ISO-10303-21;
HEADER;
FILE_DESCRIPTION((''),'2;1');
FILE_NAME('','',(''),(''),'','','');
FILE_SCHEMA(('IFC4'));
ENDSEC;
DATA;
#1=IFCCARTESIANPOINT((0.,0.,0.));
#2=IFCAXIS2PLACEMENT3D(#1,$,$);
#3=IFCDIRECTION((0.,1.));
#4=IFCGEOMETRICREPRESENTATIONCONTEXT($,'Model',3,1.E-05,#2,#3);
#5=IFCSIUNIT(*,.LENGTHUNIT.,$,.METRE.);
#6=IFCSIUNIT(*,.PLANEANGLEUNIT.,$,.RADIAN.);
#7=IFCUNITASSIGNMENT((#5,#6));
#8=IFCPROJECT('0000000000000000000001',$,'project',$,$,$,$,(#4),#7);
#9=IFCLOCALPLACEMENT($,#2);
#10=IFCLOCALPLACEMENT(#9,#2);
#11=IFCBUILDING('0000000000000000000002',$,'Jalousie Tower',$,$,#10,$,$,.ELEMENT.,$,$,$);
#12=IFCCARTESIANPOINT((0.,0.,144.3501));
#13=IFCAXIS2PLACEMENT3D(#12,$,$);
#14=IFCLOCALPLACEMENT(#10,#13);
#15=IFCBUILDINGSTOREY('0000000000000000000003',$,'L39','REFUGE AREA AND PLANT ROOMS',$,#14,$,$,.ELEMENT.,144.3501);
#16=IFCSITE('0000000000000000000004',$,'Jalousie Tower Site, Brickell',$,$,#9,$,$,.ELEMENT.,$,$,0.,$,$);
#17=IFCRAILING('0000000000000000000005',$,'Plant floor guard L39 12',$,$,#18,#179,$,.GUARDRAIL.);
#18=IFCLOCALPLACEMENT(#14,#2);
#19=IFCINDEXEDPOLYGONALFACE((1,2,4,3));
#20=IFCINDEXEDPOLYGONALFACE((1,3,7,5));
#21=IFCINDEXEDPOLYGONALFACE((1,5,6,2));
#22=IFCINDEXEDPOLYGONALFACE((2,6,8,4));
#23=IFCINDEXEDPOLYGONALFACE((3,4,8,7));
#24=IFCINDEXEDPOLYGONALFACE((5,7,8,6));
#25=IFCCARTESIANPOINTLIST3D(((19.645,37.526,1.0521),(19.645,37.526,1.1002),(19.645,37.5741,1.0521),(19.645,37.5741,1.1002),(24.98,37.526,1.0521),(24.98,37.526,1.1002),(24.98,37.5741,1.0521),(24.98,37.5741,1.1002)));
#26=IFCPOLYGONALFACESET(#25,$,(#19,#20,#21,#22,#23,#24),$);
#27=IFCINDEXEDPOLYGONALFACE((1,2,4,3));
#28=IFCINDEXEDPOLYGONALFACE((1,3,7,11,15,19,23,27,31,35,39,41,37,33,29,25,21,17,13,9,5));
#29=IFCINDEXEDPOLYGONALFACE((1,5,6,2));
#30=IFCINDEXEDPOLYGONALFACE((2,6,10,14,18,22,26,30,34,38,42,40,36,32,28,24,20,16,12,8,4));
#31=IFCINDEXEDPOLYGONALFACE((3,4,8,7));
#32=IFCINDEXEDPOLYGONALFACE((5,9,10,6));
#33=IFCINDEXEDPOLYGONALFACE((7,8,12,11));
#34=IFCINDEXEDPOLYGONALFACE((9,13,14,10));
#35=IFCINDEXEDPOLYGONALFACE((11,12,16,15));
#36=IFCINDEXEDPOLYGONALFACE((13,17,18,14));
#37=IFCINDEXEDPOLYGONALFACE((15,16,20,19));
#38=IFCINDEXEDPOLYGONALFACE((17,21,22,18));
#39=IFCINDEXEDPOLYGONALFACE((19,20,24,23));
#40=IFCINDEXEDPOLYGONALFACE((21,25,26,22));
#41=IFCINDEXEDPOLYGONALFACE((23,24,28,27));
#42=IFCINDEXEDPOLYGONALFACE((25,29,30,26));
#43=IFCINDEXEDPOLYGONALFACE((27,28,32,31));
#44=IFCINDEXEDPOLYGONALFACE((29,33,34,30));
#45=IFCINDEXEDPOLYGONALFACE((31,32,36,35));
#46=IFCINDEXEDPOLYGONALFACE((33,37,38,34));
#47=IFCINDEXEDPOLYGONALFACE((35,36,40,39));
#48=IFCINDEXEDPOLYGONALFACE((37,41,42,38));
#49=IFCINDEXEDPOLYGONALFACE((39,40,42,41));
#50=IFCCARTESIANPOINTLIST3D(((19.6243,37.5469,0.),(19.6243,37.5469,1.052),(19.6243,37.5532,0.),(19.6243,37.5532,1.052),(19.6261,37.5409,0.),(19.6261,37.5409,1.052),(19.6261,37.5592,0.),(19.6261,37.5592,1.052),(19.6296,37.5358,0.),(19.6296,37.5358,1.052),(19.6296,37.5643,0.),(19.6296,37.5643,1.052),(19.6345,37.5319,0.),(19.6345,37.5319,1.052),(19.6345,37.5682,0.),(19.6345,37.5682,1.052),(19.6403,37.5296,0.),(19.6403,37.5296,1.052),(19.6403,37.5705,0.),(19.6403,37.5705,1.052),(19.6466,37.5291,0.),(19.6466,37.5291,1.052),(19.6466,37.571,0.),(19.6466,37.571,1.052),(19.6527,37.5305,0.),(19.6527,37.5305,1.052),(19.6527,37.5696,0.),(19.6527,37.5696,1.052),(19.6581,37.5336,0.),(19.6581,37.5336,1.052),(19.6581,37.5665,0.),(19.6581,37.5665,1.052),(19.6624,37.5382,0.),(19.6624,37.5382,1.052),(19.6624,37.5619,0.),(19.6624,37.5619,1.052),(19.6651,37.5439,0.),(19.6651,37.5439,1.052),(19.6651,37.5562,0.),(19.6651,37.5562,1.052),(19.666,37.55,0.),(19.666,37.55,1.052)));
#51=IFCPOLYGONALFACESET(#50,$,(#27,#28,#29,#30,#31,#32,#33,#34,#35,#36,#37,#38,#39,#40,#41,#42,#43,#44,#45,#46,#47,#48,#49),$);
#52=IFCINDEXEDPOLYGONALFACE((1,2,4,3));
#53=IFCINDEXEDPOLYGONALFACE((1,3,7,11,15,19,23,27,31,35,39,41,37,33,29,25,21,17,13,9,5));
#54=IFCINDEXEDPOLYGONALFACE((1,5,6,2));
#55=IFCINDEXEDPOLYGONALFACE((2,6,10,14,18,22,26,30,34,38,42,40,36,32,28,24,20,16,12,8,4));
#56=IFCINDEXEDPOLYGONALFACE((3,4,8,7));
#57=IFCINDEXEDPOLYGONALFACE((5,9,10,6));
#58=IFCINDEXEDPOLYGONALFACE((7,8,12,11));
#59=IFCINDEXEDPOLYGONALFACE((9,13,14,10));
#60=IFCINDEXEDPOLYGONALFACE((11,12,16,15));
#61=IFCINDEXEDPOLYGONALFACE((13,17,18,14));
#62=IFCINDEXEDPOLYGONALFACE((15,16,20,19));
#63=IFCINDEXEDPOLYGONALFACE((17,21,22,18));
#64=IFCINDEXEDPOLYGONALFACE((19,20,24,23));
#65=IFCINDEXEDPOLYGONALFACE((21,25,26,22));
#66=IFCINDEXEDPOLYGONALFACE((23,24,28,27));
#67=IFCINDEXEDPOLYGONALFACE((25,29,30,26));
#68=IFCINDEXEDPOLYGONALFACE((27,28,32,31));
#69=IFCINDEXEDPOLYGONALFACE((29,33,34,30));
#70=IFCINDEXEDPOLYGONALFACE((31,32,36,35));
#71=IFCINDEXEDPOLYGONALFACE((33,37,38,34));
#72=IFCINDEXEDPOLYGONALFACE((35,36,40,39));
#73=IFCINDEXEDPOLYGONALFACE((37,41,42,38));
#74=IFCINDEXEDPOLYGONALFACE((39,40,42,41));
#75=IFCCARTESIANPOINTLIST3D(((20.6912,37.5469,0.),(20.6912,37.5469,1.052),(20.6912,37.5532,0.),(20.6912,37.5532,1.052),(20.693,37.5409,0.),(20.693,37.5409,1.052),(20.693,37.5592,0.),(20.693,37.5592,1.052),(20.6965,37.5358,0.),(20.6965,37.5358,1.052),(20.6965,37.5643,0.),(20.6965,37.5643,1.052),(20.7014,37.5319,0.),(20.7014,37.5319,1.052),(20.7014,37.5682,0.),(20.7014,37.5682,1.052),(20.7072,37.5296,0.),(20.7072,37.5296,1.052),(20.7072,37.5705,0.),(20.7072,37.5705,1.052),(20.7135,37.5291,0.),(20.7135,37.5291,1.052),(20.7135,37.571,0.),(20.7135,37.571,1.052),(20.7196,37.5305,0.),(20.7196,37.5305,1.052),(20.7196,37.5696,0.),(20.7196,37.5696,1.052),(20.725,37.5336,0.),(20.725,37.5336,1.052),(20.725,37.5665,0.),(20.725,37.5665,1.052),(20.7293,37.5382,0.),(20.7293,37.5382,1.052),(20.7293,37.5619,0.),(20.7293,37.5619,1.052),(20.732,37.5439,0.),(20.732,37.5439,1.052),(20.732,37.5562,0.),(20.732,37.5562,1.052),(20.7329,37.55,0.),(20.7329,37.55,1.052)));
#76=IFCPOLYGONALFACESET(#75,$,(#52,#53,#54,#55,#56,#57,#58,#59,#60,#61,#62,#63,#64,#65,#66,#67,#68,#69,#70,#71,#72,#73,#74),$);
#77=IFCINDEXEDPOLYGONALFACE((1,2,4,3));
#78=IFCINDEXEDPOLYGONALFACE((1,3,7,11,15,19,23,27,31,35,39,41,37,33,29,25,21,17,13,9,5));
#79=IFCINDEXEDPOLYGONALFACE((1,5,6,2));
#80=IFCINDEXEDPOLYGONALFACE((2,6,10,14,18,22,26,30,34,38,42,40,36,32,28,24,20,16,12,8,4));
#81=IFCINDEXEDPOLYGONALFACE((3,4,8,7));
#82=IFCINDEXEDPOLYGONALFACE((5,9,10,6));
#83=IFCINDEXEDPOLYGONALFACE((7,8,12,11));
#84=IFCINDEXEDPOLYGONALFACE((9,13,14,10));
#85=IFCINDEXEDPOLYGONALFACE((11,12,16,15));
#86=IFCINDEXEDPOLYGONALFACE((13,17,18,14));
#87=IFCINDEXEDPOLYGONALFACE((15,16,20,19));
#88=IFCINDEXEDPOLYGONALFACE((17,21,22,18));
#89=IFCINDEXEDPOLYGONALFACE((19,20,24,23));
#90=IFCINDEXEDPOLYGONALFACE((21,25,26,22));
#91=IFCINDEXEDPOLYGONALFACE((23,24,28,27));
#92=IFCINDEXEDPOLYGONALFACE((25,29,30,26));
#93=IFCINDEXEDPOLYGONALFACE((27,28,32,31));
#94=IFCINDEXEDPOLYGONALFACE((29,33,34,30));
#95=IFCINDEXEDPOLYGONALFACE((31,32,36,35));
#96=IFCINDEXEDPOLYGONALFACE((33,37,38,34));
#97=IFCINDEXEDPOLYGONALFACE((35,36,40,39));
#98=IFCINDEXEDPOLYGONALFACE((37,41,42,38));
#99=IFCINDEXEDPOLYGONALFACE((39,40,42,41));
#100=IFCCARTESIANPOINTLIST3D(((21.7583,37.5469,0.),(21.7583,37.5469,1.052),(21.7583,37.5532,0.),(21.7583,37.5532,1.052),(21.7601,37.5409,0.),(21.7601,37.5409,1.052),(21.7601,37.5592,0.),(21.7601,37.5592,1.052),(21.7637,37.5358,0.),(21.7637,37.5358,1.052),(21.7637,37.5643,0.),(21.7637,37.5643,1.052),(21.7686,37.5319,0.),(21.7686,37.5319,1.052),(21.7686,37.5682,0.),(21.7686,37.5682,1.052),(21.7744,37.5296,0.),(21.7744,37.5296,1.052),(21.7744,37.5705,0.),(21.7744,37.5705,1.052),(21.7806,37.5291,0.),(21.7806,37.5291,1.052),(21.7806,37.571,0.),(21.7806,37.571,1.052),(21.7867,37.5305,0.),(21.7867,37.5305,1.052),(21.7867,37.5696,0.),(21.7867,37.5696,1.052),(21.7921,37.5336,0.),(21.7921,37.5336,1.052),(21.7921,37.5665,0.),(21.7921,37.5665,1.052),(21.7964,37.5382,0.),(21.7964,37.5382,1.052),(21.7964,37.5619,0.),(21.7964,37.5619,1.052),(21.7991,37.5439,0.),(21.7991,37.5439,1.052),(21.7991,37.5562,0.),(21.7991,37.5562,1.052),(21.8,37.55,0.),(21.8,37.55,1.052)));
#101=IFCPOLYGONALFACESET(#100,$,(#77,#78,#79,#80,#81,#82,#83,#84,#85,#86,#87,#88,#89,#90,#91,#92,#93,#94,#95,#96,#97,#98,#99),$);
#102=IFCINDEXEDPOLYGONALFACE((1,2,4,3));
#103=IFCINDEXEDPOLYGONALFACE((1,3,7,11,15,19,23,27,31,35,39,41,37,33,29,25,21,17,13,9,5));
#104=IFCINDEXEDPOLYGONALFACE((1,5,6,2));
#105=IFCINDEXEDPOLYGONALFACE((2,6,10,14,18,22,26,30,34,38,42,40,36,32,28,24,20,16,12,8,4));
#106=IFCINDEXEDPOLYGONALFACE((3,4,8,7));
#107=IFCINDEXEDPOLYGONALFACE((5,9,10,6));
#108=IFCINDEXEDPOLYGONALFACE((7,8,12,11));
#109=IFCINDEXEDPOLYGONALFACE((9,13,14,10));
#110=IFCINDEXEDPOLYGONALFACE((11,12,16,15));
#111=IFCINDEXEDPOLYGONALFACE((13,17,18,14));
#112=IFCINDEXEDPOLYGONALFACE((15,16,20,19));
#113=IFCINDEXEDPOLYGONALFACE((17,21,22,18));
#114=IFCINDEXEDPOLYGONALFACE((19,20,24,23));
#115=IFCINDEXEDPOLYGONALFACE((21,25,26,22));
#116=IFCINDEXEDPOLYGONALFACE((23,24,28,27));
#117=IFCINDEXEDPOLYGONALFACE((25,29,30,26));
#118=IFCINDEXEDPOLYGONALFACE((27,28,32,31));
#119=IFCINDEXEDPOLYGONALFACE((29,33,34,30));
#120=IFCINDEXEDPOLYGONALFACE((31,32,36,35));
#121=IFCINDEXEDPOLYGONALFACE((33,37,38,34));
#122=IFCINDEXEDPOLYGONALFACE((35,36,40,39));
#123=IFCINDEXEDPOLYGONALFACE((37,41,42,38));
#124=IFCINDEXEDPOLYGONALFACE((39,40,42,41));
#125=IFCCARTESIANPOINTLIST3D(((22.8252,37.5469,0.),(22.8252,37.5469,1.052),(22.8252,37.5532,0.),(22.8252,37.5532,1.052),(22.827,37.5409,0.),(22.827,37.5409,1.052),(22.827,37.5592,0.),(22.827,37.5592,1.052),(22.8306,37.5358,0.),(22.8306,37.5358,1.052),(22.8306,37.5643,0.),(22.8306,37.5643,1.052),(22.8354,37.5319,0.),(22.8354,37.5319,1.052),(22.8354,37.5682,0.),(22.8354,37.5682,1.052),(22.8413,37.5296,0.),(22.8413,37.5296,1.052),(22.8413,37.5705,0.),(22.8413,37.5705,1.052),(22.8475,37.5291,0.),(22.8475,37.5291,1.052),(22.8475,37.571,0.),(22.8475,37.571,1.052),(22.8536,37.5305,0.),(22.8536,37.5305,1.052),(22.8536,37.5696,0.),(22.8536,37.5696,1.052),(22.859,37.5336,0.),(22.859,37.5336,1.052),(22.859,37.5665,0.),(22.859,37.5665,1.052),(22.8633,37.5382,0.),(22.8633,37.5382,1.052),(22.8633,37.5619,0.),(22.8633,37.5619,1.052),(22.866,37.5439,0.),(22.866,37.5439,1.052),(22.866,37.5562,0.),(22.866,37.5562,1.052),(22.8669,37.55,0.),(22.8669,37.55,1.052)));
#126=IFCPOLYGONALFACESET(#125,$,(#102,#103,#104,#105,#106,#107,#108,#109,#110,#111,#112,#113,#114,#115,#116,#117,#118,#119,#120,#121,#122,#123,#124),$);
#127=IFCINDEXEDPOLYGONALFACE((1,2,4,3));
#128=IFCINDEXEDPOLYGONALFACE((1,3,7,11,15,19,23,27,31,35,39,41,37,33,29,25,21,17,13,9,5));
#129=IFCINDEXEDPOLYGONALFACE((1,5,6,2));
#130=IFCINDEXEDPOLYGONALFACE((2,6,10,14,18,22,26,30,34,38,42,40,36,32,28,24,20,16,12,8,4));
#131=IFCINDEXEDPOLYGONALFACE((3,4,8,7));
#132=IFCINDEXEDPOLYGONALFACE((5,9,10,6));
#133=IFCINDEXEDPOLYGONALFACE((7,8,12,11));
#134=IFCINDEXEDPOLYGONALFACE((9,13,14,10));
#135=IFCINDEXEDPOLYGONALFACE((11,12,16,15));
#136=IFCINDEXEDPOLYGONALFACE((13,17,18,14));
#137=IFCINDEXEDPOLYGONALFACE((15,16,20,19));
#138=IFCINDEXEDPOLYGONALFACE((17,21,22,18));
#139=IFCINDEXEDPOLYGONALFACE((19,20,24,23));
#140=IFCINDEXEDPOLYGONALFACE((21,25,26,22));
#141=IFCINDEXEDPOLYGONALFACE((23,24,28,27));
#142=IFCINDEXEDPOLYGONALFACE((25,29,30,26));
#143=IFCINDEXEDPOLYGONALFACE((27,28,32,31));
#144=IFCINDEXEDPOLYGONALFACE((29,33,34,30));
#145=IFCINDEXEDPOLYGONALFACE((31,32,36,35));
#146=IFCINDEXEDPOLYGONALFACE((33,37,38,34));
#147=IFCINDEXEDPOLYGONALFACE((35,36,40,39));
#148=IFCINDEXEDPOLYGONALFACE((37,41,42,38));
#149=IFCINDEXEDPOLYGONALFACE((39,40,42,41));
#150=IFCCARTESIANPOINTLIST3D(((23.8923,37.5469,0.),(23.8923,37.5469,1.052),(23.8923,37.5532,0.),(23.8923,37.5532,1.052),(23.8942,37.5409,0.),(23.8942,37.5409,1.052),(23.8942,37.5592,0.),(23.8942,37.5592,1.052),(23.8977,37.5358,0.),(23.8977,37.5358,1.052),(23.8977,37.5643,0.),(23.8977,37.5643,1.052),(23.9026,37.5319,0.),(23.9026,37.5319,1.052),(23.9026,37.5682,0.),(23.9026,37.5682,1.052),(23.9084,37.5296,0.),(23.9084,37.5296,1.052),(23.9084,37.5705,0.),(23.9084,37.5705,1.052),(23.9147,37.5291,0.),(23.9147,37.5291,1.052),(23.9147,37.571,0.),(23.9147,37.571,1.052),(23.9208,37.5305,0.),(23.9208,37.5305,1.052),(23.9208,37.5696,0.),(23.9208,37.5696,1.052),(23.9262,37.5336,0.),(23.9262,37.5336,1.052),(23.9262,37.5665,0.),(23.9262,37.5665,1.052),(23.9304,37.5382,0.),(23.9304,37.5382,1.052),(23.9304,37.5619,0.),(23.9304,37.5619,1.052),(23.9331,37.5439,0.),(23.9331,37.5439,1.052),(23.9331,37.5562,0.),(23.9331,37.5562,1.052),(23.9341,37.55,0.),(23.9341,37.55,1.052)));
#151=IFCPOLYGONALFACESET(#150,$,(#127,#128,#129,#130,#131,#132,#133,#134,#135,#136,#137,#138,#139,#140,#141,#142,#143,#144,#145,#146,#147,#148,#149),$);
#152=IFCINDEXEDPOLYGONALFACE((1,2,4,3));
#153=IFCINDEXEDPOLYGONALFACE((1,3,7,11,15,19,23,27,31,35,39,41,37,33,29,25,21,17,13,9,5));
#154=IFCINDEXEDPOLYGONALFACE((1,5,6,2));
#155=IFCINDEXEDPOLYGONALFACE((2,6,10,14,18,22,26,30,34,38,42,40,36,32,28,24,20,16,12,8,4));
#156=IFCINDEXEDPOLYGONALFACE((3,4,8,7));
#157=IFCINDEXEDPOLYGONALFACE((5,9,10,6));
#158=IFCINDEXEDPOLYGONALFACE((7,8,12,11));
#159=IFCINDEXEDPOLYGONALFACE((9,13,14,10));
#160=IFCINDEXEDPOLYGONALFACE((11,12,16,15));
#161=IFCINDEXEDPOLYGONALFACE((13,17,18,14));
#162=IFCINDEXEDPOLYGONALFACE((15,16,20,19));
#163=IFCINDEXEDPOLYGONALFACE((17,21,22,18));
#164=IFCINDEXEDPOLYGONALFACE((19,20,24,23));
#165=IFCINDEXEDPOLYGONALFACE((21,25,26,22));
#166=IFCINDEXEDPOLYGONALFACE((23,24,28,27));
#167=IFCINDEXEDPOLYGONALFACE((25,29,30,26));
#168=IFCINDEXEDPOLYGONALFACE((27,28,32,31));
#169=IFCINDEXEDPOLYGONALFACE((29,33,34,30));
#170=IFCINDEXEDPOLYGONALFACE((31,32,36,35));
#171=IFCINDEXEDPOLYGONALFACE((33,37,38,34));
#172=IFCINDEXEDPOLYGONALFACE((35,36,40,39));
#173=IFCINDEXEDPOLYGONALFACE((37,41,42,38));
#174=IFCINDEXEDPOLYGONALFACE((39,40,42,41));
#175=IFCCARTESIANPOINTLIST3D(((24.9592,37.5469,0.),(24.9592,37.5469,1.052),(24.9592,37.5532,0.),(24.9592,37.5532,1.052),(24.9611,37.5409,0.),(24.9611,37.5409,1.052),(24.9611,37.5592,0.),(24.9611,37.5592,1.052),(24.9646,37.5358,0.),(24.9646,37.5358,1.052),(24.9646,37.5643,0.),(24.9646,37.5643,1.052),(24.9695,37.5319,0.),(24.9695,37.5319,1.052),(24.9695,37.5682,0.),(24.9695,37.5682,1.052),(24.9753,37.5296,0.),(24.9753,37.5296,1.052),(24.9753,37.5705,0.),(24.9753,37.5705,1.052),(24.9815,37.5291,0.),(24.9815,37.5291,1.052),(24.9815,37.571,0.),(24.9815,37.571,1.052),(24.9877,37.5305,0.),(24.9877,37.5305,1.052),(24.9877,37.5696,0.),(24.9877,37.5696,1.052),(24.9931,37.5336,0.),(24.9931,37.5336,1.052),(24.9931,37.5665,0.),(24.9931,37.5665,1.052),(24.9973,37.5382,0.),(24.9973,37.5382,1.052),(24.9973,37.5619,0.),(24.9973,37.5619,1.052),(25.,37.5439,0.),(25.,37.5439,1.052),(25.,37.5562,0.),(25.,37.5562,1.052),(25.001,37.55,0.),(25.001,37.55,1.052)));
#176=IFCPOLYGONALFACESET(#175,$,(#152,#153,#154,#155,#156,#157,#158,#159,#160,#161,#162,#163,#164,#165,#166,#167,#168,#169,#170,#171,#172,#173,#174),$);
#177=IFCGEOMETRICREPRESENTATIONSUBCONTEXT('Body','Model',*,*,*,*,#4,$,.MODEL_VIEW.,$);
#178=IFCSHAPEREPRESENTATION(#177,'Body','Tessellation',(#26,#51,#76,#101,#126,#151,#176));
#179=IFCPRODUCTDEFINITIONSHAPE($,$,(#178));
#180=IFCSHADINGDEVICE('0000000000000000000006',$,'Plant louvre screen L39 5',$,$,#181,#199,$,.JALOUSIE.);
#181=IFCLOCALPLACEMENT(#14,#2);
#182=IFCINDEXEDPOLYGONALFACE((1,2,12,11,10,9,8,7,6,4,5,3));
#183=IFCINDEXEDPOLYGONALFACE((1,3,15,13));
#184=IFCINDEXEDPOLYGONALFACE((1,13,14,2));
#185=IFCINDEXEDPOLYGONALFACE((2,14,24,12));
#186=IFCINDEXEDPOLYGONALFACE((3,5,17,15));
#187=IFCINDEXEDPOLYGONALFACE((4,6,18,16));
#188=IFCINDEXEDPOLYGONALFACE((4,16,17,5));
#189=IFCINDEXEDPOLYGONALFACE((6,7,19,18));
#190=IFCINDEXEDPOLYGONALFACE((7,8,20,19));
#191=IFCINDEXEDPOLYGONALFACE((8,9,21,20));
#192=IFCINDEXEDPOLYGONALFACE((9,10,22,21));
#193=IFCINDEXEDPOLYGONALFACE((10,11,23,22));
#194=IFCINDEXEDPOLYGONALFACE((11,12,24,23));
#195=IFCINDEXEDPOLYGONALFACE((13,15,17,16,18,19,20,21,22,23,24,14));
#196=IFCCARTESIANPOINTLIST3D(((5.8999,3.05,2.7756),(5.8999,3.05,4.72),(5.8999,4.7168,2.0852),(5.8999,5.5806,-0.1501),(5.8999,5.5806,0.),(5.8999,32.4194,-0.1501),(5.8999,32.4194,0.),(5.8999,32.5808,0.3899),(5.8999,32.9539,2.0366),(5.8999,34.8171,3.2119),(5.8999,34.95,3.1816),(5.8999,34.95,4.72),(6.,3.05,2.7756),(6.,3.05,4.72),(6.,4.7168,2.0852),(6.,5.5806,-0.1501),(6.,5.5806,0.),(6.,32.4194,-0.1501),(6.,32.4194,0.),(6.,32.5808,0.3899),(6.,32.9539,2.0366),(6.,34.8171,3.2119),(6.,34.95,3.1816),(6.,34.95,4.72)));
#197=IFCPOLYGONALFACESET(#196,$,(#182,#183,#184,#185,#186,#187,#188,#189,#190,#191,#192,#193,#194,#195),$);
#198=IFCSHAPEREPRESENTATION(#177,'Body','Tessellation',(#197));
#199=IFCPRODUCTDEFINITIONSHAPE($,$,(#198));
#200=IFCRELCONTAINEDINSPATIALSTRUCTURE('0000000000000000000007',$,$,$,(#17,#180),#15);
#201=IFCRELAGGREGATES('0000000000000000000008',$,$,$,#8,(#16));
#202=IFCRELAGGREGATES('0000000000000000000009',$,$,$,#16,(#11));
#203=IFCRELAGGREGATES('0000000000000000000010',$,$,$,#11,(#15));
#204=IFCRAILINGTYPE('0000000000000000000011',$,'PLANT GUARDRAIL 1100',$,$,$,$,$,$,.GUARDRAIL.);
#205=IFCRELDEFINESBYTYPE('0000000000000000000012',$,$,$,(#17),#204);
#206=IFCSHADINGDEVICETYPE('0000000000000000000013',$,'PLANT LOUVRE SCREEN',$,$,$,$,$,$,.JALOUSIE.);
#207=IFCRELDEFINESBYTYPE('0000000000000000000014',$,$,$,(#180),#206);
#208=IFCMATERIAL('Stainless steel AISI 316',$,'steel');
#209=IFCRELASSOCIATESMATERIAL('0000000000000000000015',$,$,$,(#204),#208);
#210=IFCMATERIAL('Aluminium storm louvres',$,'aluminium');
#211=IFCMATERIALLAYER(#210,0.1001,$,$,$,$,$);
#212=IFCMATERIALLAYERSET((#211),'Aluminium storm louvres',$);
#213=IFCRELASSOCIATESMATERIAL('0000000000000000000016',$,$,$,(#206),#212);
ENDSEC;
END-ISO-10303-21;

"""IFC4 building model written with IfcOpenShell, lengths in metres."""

from ifc_helpers import new_model, si_unit, direction, frame, origin, origin_2d, place, context, subcontext, project, spatial, polyline, rectangle, circle, outline, extrude, material, layer, layer_set, type_object, element, save


model = new_model("IFC4")

# Units and contexts
model_context = context("Model", 3, precision=1e-05, world=origin(), true_north=direction((0.0, 1.0)))
body_context = subcontext(model_context, "Body", "Model", "MODEL_VIEW")
ifc_project = project(units=[si_unit("LENGTHUNIT", "METRE"), si_unit("PLANEANGLEUNIT", "RADIAN")], contexts=[model_context])

# Site, building, storey
site_placement = place(None, origin())
site = spatial("IfcSite", under=ifc_project, at=site_placement, Name="Jalousie Tower Site, Brickell", CompositionType="ELEMENT", RefElevation=0.0)
building_placement = place(site_placement, origin())
building = spatial("IfcBuilding", under=site, at=building_placement, Name="Jalousie Tower", CompositionType="ELEMENT")
storey_placement = place(building_placement, frame((0.0, 0.0, 144.3501)))
storey = spatial("IfcBuildingStorey", under=building, at=storey_placement, Name="L39", Description="REFUGE AREA AND PLANT ROOMS", CompositionType="ELEMENT", Elevation=144.3501)

# Railing
ifc_material_1 = material(Name="Stainless steel AISI 316", Category="steel")
railing_type = type_object("IfcRailingType", Name="PLANT GUARDRAIL 1100", PredefinedType="GUARDRAIL", material=ifc_material_1)
railing_1_placement = place(storey_placement, frame((19.645, 37.55, 0.0)))
element("IfcRailing", 1, at=railing_1_placement, inside=storey, type_object=railing_type, Name="Plant floor guard L39 12", PredefinedType="GUARDRAIL", context=body_context, shape_type="SweptSolid", body=[
    extrude(rectangle(XDim=0.0481, YDim=0.0481, at=origin_2d()), frame((0.0, 0.0, 1.0762), z_axis=(1.0, 0.0, 0.0), x_axis=(0.0, 1.0, 0.0)), (0.0, 0.0, 1.0), 5.335),
    extrude(circle(Radius=0.021, at=origin_2d()), origin(), (0.0, 0.0, 1.0), 1.052),
    extrude(circle(Radius=0.021, at=origin_2d()), frame((1.0669, 0.0, 0.0)), (0.0, 0.0, 1.0), 1.052),
    extrude(circle(Radius=0.021, at=origin_2d()), frame((2.134, 0.0, 0.0)), (0.0, 0.0, 1.0), 1.052),
    extrude(circle(Radius=0.021, at=origin_2d()), frame((3.2009, 0.0, 0.0)), (0.0, 0.0, 1.0), 1.052),
    extrude(circle(Radius=0.021, at=origin_2d()), frame((4.2681, 0.0, 0.0)), (0.0, 0.0, 1.0), 1.052),
    extrude(circle(Radius=0.021, at=origin_2d()), frame((5.335, 0.0, 0.0)), (0.0, 0.0, 1.0), 1.052),
])

# Shading device
ifc_material_2 = material(Name="Aluminium storm louvres", Category="aluminium")
ifc_layer_1 = layer(ifc_material_2, 0.1001)
ifc_layer_set_1 = layer_set([ifc_layer_1], Name="Aluminium storm louvres")
shading_device_type = type_object("IfcShadingDeviceType", Name="PLANT LOUVRE SCREEN", PredefinedType="JALOUSIE", material=ifc_layer_set_1)
shading_device_placement = place(storey_placement, frame((5.8999, 34.95, 4.72), z_axis=(-1.0, 0.0, 0.0), x_axis=(0.0, 0.0, -1.0)))
element("IfcShadingDevice", 2, at=shading_device_placement, inside=storey, type_object=shading_device_type, Name="Plant louvre screen L39 5", PredefinedType="JALOUSIE", context=body_context, shape_type="SweptSolid", body=[
    extrude(outline(polyline([(0.0, 0.0), (1.5383, 0.0), (1.5081, 0.1328), (2.6833, 1.9961), (4.3301, 2.3691), (4.72, 2.5305), (4.8701, 2.5305), (4.8701, 29.3694), (4.72, 29.3694), (2.6348, 30.2332), (1.9443, 31.8999), (0.0, 31.8999), (0.0, 0.0)])), origin(), (0.0, 0.0, -1.0), 0.1001),
])

save(model, "model.ifc")
